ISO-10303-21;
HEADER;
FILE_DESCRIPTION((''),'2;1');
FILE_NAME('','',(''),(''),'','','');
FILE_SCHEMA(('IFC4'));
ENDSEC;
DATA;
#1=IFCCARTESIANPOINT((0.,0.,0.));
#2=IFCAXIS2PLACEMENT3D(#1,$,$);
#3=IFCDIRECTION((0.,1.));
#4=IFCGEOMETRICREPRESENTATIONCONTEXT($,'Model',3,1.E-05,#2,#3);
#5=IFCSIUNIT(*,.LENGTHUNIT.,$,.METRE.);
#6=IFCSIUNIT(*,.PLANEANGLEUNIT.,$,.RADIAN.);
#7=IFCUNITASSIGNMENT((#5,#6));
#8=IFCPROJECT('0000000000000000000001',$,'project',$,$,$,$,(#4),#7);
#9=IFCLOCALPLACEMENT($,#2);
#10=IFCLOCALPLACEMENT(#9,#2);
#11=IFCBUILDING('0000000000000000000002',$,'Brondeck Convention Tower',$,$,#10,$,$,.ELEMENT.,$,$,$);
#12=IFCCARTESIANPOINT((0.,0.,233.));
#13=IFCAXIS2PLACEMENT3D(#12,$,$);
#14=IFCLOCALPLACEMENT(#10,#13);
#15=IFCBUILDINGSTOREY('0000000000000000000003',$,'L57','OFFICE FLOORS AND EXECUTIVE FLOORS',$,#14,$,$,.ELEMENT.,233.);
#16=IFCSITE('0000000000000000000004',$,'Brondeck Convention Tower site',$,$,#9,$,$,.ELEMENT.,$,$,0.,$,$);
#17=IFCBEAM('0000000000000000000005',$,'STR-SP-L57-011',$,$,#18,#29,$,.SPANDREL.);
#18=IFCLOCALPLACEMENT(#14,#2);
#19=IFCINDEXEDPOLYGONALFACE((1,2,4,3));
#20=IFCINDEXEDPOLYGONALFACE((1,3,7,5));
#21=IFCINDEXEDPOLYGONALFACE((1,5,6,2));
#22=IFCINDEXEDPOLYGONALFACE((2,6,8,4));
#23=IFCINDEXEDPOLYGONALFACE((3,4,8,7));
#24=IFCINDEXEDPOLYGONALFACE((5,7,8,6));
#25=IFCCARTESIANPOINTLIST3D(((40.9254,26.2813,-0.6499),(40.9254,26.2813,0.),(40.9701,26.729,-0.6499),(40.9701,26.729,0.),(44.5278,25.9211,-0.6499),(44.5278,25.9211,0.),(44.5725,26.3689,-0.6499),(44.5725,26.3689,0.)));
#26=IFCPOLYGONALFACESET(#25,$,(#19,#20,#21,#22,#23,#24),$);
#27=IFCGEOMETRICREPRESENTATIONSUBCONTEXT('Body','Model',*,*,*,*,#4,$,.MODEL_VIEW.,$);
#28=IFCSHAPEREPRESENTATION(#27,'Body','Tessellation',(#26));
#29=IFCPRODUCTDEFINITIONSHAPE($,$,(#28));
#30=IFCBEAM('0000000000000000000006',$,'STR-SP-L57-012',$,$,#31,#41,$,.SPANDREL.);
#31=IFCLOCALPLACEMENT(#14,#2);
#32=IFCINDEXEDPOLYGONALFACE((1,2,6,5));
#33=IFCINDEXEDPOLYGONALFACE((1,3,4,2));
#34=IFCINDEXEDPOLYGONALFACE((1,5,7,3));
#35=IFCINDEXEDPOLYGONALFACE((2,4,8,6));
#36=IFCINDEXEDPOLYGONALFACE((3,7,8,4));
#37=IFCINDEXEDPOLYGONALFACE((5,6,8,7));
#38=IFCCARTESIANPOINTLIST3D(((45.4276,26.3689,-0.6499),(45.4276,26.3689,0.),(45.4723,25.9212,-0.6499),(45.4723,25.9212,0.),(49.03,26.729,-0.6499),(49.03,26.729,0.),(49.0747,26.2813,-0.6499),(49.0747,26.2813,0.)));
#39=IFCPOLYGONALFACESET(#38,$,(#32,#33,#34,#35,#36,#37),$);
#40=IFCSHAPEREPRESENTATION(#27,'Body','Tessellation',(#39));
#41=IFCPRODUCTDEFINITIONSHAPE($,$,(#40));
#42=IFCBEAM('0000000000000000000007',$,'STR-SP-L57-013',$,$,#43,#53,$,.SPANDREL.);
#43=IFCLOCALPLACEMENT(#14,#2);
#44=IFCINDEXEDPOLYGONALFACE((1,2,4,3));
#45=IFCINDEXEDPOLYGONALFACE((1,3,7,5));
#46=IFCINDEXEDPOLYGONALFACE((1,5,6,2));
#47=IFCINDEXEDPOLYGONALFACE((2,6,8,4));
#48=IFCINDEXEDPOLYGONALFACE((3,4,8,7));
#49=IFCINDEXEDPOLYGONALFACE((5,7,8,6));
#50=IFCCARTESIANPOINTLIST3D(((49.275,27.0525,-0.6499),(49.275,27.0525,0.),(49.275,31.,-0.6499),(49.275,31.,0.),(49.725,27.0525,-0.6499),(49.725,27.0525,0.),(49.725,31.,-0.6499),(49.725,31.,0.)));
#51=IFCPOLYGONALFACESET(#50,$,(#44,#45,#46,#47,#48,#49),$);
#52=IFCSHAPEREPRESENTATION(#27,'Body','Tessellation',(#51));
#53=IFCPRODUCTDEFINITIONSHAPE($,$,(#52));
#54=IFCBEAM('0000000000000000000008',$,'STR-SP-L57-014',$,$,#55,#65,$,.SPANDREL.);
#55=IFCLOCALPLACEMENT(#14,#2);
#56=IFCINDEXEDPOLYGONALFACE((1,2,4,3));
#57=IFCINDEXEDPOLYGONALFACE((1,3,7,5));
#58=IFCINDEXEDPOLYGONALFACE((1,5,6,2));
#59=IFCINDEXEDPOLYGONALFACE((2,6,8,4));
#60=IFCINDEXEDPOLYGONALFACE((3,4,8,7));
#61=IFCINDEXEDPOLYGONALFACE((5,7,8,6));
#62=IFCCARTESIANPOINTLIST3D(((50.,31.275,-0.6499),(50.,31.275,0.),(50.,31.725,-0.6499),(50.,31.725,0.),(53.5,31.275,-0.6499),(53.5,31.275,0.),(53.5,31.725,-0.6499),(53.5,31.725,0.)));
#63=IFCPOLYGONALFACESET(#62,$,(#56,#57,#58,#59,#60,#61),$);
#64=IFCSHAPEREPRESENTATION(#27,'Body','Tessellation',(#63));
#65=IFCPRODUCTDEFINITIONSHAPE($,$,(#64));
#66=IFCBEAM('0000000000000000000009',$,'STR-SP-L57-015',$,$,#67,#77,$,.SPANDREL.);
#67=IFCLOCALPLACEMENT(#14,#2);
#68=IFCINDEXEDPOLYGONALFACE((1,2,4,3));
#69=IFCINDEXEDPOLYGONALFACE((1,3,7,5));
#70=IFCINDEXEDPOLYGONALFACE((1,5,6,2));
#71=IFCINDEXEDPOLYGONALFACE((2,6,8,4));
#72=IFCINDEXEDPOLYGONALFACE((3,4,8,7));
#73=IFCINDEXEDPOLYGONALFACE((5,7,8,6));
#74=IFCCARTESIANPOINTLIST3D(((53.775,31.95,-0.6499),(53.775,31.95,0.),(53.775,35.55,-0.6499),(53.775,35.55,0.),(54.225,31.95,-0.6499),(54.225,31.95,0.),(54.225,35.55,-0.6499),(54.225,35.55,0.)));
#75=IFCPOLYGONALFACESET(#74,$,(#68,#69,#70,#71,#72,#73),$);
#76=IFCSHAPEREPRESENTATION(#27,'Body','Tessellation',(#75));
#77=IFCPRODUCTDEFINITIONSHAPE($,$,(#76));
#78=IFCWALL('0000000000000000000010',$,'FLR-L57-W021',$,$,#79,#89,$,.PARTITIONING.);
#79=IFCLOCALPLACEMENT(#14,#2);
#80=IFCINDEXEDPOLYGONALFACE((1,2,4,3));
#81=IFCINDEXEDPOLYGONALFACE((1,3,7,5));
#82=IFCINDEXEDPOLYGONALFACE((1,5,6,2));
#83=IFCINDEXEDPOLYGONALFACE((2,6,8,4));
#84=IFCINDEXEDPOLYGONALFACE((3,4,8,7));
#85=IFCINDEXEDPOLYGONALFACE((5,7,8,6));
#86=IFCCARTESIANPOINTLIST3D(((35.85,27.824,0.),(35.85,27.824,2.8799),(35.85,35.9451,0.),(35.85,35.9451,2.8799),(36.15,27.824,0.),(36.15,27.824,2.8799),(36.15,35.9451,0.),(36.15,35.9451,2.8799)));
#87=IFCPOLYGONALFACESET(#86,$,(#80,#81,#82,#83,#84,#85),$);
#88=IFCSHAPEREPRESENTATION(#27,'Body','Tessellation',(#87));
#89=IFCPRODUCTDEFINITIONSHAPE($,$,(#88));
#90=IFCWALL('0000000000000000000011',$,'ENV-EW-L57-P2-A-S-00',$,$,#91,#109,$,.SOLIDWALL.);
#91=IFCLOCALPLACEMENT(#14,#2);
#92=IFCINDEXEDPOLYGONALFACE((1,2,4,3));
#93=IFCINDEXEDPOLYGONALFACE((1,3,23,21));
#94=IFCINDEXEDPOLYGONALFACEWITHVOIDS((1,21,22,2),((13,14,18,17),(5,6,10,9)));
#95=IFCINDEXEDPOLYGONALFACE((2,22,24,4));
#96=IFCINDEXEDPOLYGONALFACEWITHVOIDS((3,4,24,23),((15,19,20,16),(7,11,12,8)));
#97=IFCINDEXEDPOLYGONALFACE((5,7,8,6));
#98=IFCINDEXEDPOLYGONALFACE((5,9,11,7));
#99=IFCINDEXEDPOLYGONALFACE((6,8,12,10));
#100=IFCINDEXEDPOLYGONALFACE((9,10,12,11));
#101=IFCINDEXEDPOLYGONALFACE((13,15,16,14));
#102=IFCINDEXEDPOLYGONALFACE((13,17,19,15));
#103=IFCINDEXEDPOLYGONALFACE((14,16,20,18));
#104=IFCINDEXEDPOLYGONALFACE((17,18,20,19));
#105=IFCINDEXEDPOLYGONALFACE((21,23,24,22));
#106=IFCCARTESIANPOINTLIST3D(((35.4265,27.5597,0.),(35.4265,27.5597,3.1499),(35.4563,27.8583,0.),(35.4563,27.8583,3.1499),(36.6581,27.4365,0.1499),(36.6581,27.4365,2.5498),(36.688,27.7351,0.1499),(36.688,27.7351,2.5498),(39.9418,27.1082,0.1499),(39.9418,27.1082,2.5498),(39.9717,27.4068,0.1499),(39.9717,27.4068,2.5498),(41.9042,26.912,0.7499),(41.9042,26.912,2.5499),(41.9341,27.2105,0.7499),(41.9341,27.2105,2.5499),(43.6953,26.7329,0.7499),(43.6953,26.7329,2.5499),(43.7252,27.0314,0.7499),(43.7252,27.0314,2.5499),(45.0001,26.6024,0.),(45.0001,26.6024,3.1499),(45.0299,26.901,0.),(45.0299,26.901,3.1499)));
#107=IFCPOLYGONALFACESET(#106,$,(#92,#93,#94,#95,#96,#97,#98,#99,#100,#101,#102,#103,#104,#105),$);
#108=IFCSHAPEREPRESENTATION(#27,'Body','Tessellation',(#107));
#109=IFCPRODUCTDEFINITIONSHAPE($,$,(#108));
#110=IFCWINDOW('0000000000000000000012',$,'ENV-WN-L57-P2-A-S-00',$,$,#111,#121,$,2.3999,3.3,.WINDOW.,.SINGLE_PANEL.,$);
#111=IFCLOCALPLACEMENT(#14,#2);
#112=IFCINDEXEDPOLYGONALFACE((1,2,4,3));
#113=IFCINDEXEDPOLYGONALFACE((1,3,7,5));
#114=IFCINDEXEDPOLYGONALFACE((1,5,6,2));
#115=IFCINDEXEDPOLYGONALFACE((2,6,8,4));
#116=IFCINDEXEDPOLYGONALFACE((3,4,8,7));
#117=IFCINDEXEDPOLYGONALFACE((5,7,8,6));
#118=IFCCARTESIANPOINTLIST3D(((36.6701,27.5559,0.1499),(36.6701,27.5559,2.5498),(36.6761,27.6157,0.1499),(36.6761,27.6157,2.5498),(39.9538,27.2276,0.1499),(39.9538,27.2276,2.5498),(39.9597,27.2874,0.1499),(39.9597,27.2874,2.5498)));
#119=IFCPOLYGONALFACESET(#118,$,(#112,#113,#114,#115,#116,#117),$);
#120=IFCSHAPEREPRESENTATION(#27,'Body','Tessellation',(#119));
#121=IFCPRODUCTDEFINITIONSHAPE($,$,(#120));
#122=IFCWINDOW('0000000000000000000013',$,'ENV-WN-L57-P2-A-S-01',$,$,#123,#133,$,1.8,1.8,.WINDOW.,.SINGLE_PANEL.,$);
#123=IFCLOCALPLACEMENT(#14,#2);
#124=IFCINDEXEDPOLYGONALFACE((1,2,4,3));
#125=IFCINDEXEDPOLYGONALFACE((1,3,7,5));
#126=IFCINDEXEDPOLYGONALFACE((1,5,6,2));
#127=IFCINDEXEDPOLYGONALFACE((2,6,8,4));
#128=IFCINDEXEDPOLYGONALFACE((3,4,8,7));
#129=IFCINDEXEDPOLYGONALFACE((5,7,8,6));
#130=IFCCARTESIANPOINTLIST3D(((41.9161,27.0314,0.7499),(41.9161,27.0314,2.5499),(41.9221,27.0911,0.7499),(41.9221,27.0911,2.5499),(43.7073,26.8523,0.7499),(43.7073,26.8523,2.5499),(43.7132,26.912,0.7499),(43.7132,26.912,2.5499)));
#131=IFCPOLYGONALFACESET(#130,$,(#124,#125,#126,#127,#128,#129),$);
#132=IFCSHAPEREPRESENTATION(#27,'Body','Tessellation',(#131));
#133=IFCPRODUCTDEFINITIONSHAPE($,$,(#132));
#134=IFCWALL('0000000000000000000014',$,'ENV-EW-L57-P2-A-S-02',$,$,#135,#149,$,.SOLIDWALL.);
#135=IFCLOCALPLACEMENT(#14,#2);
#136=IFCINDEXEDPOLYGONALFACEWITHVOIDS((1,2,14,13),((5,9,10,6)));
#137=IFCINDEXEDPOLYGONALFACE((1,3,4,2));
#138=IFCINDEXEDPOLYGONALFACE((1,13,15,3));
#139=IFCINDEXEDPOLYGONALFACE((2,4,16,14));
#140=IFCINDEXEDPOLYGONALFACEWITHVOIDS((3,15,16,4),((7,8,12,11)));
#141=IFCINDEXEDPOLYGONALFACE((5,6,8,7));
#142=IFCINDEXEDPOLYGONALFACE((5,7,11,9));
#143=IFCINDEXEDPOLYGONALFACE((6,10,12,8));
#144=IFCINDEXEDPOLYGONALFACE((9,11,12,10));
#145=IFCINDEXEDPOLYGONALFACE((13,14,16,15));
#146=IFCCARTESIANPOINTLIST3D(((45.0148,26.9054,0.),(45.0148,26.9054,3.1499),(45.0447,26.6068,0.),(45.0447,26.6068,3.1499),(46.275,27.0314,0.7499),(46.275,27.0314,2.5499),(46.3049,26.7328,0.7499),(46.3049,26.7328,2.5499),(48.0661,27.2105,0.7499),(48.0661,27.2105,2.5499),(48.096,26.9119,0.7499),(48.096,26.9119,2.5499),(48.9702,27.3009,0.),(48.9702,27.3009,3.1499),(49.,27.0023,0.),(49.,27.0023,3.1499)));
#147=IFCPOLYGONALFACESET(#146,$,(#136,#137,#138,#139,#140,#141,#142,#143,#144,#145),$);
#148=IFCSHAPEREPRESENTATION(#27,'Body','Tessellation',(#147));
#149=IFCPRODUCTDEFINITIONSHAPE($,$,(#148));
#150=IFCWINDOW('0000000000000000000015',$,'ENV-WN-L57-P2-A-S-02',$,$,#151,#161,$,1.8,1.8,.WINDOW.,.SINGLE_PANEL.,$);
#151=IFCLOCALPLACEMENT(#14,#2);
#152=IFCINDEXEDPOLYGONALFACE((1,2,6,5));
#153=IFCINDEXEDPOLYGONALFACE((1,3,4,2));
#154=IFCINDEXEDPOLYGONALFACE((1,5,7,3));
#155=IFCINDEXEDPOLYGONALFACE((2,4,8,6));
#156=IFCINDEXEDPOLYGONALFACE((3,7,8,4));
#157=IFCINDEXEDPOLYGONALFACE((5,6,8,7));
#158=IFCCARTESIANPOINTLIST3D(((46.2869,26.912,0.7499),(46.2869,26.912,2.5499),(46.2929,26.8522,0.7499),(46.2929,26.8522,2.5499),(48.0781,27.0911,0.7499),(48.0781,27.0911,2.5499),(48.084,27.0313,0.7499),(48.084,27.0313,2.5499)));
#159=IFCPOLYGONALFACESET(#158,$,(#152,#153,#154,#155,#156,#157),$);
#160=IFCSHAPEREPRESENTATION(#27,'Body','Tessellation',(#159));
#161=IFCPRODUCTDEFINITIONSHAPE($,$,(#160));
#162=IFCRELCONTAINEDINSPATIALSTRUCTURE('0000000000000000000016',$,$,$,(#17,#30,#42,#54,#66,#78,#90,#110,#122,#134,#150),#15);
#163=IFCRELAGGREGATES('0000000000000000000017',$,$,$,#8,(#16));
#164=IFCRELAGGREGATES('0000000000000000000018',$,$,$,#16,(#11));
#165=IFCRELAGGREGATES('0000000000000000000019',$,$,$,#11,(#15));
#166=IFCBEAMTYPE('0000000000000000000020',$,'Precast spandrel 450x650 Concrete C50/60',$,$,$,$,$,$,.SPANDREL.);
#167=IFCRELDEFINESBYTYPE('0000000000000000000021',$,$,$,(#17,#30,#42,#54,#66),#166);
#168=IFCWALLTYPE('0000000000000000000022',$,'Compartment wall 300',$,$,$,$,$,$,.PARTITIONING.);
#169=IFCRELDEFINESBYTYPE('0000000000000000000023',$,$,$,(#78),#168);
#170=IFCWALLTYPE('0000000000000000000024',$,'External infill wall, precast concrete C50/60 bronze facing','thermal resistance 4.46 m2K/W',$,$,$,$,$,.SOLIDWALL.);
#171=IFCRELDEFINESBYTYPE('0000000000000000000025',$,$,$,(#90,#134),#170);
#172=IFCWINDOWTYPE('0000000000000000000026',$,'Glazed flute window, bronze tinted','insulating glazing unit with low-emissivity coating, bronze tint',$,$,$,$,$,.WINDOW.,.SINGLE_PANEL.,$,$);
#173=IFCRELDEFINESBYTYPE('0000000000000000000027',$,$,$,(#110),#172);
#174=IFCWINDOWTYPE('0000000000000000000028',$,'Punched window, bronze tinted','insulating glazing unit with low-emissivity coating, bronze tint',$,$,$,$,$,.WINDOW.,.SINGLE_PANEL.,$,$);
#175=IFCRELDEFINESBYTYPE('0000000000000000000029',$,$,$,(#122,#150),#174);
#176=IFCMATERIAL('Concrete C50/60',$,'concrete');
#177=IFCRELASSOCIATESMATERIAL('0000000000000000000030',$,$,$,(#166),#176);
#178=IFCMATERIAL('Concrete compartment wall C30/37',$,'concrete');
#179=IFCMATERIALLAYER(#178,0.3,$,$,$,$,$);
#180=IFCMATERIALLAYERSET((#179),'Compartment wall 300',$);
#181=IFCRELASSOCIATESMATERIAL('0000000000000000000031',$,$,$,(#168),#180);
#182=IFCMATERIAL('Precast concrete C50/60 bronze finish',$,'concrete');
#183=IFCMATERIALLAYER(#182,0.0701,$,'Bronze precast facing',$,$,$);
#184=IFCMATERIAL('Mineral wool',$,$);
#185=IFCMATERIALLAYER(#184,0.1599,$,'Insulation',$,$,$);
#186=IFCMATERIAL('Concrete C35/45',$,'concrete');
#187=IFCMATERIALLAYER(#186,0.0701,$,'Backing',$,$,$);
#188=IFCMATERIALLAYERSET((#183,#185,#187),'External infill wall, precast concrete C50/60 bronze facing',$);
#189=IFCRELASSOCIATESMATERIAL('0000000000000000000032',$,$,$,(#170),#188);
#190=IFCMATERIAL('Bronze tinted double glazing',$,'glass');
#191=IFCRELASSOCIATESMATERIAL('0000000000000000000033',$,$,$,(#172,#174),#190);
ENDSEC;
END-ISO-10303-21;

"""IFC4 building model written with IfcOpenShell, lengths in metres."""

from ifc_helpers import new_model, si_unit, direction, frame, frame_2d, origin, origin_2d, place, context, subcontext, project, spatial, rectangle, extrude, material, layer, layer_set, material_profile, profile_set, type_object, element, fill, save


model = new_model("IFC4")

# Units and contexts
model_context = context("Model", 3, precision=1e-05, world=origin(), true_north=direction((0.0, 1.0)))
body_context = subcontext(model_context, "Body", "Model", "MODEL_VIEW")
ifc_project = project(units=[si_unit("LENGTHUNIT", "METRE"), si_unit("PLANEANGLEUNIT", "RADIAN")], contexts=[model_context])

# Site, building, storey
site_placement = place(None, origin())
site = spatial("IfcSite", under=ifc_project, at=site_placement, Name="Brondeck Convention Tower site", CompositionType="ELEMENT", RefElevation=0.0)
building_placement = place(site_placement, origin())
building = spatial("IfcBuilding", under=site, at=building_placement, Name="Brondeck Convention Tower", CompositionType="ELEMENT")
storey_placement = place(building_placement, frame((0.0, 0.0, 233.0)))
storey = spatial("IfcBuildingStorey", under=building, at=storey_placement, Name="L57", Description="OFFICE FLOORS AND EXECUTIVE FLOORS", CompositionType="ELEMENT", Elevation=233.0)

# Shared definitions
ifc_material_1 = material(Name="Concrete C50/60", Category="concrete")

# Beams
ifc_material_profile_1 = material_profile(ifc_material_1, rectangle(XDim=0.45, YDim=0.6499, at=origin_2d()), Name="Precast spandrel 450x650 Concrete C50/60")
ifc_profile_set_1 = profile_set([ifc_material_profile_1], Name="Concrete C50/60")
beam_type_1 = type_object("IfcBeamType", Name="Precast spandrel 450x650 Concrete C50/60", PredefinedType="SPANDREL", material=ifc_profile_set_1)
for number, where, z_axis, x_axis, name in (
    (1, (40.9478, 26.5051, -0.325), (0.995041, -0.09947, 0.0), (0.09947, 0.995041, 0.0), "STR-SP-L57-011"),
    (2, (45.45, 26.145, -0.325), (0.995041, 0.09947, 0.0), (-0.09947, 0.995041, 0.0), "STR-SP-L57-012"),
):
    element("IfcBeam", number, at=place(storey_placement, frame(where, z_axis=z_axis, x_axis=x_axis)), inside=storey, type_object=beam_type_1, Name=name, PredefinedType="SPANDREL", context=body_context, shape_type="SweptSolid", body=[
        extrude(rectangle(XDim=0.45, YDim=0.6499, at=origin_2d()), origin(), (0.0, 0.0, 1.0), 3.6204),
    ])
beam_1_placement = place(storey_placement, frame((49.5, 27.0525, -0.325), z_axis=(0.0, 1.0, 0.0), x_axis=(-1.0, 0.0, 0.0)))
element("IfcBeam", 3, at=beam_1_placement, inside=storey, type_object=beam_type_1, Name="STR-SP-L57-013", PredefinedType="SPANDREL", context=body_context, shape_type="SweptSolid", body=[
    extrude(rectangle(XDim=0.45, YDim=0.6499, at=origin_2d()), origin(), (0.0, 0.0, 1.0), 3.9475),
])
beam_2_placement = place(storey_placement, frame((50.0, 31.5, -0.325), z_axis=(1.0, 0.0, 0.0), x_axis=(0.0, 1.0, 0.0)))
element("IfcBeam", 4, at=beam_2_placement, inside=storey, type_object=beam_type_1, Name="STR-SP-L57-014", PredefinedType="SPANDREL", context=body_context, shape_type="SweptSolid", body=[
    extrude(rectangle(XDim=0.45, YDim=0.6499, at=origin_2d()), origin(), (0.0, 0.0, 1.0), 3.5),
])
beam_3_placement = place(storey_placement, frame((54.0, 31.95, -0.325), z_axis=(0.0, 1.0, 0.0), x_axis=(-1.0, 0.0, 0.0)))
element("IfcBeam", 5, at=beam_3_placement, inside=storey, type_object=beam_type_1, Name="STR-SP-L57-015", PredefinedType="SPANDREL", context=body_context, shape_type="SweptSolid", body=[
    extrude(rectangle(XDim=0.45, YDim=0.6499, at=origin_2d()), origin(), (0.0, 0.0, 1.0), 3.6001),
])

# Wall
ifc_material_2 = material(Name="Concrete compartment wall C30/37", Category="concrete")
ifc_layer_1 = layer(ifc_material_2, 0.3)
ifc_layer_set_1 = layer_set([ifc_layer_1], Name="Compartment wall 300")
wall_type_1 = type_object("IfcWallType", Name="Compartment wall 300", PredefinedType="PARTITIONING", material=ifc_layer_set_1)
wall_1_placement = place(storey_placement, frame((36.0, 27.824, 0.0), z_axis=(0.0, 0.0, 1.0), x_axis=(0.0, 1.0, 0.0)))
element("IfcWall", 6, at=wall_1_placement, inside=storey, type_object=wall_type_1, Name="FLR-L57-W021", PredefinedType="PARTITIONING", context=body_context, shape_type="SweptSolid", body=[
    extrude(rectangle(XDim=8.1211, YDim=0.3, at=frame_2d((4.0605, 0.0))), origin(), (0.0, 0.0, 1.0), 2.8799),
])

# Wall, openings, windows
ifc_material_3 = material(Name="Precast concrete C50/60 bronze finish", Category="concrete")
ifc_layer_2 = layer(ifc_material_3, 0.0701, Name="Bronze precast facing")
ifc_material_4 = material(Name="Mineral wool")
ifc_layer_3 = layer(ifc_material_4, 0.1599, Name="Insulation")
ifc_material_5 = material(Name="Concrete C35/45", Category="concrete")
ifc_layer_4 = layer(ifc_material_5, 0.0701, Name="Backing")
ifc_layer_set_2 = layer_set([ifc_layer_2, ifc_layer_3, ifc_layer_4], Name="External infill wall, precast concrete C50/60 bronze facing")
wall_type_2 = type_object("IfcWallType", Name="External infill wall, precast concrete C50/60 bronze facing", Description="thermal resistance 4.46 m2K/W", PredefinedType="SOLIDWALL", material=ifc_layer_set_2)
wall_2_placement = place(storey_placement, frame((45.0149, 26.7517, 0.0), z_axis=(0.0, 0.0, 1.0), x_axis=(-0.995038, 0.099496, 0.0)))
wall_2 = element("IfcWall", 7, at=wall_2_placement, inside=storey, type_object=wall_type_2, Name="ENV-EW-L57-P2-A-S-00", PredefinedType="SOLIDWALL", context=body_context, shape_type="SweptSolid", body=[
    extrude(rectangle(XDim=9.6213, YDim=0.3, at=frame_2d((4.8105, 0.0))), origin(), (0.0, 0.0, 1.0), 3.1499),
])
opening_1_placement = place(wall_2_placement, frame((1.3113, 0.0, 0.75)))
opening_1 = element("IfcOpeningElement", 8, at=opening_1_placement, cuts=wall_2, PredefinedType="OPENING", context=body_context, shape_type="SweptSolid", body=[
    extrude(rectangle(XDim=1.8, YDim=1.8, at=frame_2d((0.8999, 0.8999))), frame((0.0, 0.1599, 0.0), z_axis=(0.0, -1.0, 0.0), x_axis=(1.0, 0.0, 0.0)), (0.0, 0.0, 1.0), 0.3201),
])
opening_2_placement = place(wall_2_placement, frame((5.0835, 0.0, 0.1499)))
opening_2 = element("IfcOpeningElement", 9, at=opening_2_placement, cuts=wall_2, PredefinedType="OPENING", context=body_context, shape_type="SweptSolid", body=[
    extrude(rectangle(XDim=3.3, YDim=2.3999, at=frame_2d((1.6499, 1.2))), frame((0.0, 0.1599, 0.0), z_axis=(0.0, -1.0, 0.0), x_axis=(1.0, 0.0, 0.0)), (0.0, 0.0, 1.0), 0.3201),
])
ifc_material_6 = material(Name="Bronze tinted double glazing", Category="glass")
window_type_1 = type_object("IfcWindowType", Name="Glazed flute window, bronze tinted", Description="insulating glazing unit with low-emissivity coating, bronze tint", PartitioningType="SINGLE_PANEL", PredefinedType="WINDOW", material=ifc_material_6)
window_1_placement = place(opening_2_placement, origin())
window_1 = element("IfcWindow", 10, at=window_1_placement, inside=storey, type_object=window_type_1, Name="ENV-WN-L57-P2-A-S-00", OverallHeight=2.3999, OverallWidth=3.3, PartitioningType="SINGLE_PANEL", PredefinedType="WINDOW", context=body_context, shape_type="SweptSolid", body=[
    extrude(rectangle(XDim=3.3, YDim=2.3999, at=frame_2d((1.6499, 1.2))), frame((0.0, 0.03, 0.0), z_axis=(0.0, -1.0, 0.0), x_axis=(1.0, 0.0, 0.0)), (0.0, 0.0, 1.0), 0.0601),
])
fill(opening_2, window_1)
window_type_2 = type_object("IfcWindowType", Name="Punched window, bronze tinted", Description="insulating glazing unit with low-emissivity coating, bronze tint", PartitioningType="SINGLE_PANEL", PredefinedType="WINDOW", material=ifc_material_6)
window_2_placement = place(opening_1_placement, origin())
window_2 = element("IfcWindow", 11, at=window_2_placement, inside=storey, type_object=window_type_2, Name="ENV-WN-L57-P2-A-S-01", OverallHeight=1.8, OverallWidth=1.8, PartitioningType="SINGLE_PANEL", PredefinedType="WINDOW", context=body_context, shape_type="SweptSolid", body=[
    extrude(rectangle(XDim=1.8, YDim=1.8, at=frame_2d((0.8999, 0.8999))), frame((0.0, 0.03, 0.0), z_axis=(0.0, -1.0, 0.0), x_axis=(1.0, 0.0, 0.0)), (0.0, 0.0, 1.0), 0.0601),
])
fill(opening_1, window_2)

# Wall, opening, window
wall_3_placement = place(storey_placement, frame((48.9851, 27.1516, 0.0), z_axis=(0.0, 0.0, 1.0), x_axis=(-0.995038, -0.099498, 0.0)))
wall_3 = element("IfcWall", 12, at=wall_3_placement, inside=storey, type_object=wall_type_2, Name="ENV-EW-L57-P2-A-S-02", PredefinedType="SOLIDWALL", context=body_context, shape_type="SweptSolid", body=[
    extrude(rectangle(XDim=3.9751, YDim=0.3, at=frame_2d((1.9875, 0.0))), origin(), (0.0, 0.0, 1.0), 3.1499),
])
opening_3_placement = place(wall_3_placement, frame((0.9087, 0.0, 0.75)))
opening_3 = element("IfcOpeningElement", 13, at=opening_3_placement, cuts=wall_3, PredefinedType="OPENING", context=body_context, shape_type="SweptSolid", body=[
    extrude(rectangle(XDim=1.8, YDim=1.8, at=frame_2d((0.8999, 0.8999))), frame((0.0, 0.1599, 0.0), z_axis=(0.0, -1.0, 0.0), x_axis=(1.0, 0.0, 0.0)), (0.0, 0.0, 1.0), 0.3201),
])
window_3_placement = place(opening_3_placement, origin())
window_3 = element("IfcWindow", 14, at=window_3_placement, inside=storey, type_object=window_type_2, Name="ENV-WN-L57-P2-A-S-02", OverallHeight=1.8, OverallWidth=1.8, PartitioningType="SINGLE_PANEL", PredefinedType="WINDOW", context=body_context, shape_type="SweptSolid", body=[
    extrude(rectangle(XDim=1.8, YDim=1.8, at=frame_2d((0.8999, 0.8999))), frame((0.0, 0.03, 0.0), z_axis=(0.0, -1.0, 0.0), x_axis=(1.0, 0.0, 0.0)), (0.0, 0.0, 1.0), 0.0601),
])
fill(opening_3, window_3)

save(model, "model.ifc")
